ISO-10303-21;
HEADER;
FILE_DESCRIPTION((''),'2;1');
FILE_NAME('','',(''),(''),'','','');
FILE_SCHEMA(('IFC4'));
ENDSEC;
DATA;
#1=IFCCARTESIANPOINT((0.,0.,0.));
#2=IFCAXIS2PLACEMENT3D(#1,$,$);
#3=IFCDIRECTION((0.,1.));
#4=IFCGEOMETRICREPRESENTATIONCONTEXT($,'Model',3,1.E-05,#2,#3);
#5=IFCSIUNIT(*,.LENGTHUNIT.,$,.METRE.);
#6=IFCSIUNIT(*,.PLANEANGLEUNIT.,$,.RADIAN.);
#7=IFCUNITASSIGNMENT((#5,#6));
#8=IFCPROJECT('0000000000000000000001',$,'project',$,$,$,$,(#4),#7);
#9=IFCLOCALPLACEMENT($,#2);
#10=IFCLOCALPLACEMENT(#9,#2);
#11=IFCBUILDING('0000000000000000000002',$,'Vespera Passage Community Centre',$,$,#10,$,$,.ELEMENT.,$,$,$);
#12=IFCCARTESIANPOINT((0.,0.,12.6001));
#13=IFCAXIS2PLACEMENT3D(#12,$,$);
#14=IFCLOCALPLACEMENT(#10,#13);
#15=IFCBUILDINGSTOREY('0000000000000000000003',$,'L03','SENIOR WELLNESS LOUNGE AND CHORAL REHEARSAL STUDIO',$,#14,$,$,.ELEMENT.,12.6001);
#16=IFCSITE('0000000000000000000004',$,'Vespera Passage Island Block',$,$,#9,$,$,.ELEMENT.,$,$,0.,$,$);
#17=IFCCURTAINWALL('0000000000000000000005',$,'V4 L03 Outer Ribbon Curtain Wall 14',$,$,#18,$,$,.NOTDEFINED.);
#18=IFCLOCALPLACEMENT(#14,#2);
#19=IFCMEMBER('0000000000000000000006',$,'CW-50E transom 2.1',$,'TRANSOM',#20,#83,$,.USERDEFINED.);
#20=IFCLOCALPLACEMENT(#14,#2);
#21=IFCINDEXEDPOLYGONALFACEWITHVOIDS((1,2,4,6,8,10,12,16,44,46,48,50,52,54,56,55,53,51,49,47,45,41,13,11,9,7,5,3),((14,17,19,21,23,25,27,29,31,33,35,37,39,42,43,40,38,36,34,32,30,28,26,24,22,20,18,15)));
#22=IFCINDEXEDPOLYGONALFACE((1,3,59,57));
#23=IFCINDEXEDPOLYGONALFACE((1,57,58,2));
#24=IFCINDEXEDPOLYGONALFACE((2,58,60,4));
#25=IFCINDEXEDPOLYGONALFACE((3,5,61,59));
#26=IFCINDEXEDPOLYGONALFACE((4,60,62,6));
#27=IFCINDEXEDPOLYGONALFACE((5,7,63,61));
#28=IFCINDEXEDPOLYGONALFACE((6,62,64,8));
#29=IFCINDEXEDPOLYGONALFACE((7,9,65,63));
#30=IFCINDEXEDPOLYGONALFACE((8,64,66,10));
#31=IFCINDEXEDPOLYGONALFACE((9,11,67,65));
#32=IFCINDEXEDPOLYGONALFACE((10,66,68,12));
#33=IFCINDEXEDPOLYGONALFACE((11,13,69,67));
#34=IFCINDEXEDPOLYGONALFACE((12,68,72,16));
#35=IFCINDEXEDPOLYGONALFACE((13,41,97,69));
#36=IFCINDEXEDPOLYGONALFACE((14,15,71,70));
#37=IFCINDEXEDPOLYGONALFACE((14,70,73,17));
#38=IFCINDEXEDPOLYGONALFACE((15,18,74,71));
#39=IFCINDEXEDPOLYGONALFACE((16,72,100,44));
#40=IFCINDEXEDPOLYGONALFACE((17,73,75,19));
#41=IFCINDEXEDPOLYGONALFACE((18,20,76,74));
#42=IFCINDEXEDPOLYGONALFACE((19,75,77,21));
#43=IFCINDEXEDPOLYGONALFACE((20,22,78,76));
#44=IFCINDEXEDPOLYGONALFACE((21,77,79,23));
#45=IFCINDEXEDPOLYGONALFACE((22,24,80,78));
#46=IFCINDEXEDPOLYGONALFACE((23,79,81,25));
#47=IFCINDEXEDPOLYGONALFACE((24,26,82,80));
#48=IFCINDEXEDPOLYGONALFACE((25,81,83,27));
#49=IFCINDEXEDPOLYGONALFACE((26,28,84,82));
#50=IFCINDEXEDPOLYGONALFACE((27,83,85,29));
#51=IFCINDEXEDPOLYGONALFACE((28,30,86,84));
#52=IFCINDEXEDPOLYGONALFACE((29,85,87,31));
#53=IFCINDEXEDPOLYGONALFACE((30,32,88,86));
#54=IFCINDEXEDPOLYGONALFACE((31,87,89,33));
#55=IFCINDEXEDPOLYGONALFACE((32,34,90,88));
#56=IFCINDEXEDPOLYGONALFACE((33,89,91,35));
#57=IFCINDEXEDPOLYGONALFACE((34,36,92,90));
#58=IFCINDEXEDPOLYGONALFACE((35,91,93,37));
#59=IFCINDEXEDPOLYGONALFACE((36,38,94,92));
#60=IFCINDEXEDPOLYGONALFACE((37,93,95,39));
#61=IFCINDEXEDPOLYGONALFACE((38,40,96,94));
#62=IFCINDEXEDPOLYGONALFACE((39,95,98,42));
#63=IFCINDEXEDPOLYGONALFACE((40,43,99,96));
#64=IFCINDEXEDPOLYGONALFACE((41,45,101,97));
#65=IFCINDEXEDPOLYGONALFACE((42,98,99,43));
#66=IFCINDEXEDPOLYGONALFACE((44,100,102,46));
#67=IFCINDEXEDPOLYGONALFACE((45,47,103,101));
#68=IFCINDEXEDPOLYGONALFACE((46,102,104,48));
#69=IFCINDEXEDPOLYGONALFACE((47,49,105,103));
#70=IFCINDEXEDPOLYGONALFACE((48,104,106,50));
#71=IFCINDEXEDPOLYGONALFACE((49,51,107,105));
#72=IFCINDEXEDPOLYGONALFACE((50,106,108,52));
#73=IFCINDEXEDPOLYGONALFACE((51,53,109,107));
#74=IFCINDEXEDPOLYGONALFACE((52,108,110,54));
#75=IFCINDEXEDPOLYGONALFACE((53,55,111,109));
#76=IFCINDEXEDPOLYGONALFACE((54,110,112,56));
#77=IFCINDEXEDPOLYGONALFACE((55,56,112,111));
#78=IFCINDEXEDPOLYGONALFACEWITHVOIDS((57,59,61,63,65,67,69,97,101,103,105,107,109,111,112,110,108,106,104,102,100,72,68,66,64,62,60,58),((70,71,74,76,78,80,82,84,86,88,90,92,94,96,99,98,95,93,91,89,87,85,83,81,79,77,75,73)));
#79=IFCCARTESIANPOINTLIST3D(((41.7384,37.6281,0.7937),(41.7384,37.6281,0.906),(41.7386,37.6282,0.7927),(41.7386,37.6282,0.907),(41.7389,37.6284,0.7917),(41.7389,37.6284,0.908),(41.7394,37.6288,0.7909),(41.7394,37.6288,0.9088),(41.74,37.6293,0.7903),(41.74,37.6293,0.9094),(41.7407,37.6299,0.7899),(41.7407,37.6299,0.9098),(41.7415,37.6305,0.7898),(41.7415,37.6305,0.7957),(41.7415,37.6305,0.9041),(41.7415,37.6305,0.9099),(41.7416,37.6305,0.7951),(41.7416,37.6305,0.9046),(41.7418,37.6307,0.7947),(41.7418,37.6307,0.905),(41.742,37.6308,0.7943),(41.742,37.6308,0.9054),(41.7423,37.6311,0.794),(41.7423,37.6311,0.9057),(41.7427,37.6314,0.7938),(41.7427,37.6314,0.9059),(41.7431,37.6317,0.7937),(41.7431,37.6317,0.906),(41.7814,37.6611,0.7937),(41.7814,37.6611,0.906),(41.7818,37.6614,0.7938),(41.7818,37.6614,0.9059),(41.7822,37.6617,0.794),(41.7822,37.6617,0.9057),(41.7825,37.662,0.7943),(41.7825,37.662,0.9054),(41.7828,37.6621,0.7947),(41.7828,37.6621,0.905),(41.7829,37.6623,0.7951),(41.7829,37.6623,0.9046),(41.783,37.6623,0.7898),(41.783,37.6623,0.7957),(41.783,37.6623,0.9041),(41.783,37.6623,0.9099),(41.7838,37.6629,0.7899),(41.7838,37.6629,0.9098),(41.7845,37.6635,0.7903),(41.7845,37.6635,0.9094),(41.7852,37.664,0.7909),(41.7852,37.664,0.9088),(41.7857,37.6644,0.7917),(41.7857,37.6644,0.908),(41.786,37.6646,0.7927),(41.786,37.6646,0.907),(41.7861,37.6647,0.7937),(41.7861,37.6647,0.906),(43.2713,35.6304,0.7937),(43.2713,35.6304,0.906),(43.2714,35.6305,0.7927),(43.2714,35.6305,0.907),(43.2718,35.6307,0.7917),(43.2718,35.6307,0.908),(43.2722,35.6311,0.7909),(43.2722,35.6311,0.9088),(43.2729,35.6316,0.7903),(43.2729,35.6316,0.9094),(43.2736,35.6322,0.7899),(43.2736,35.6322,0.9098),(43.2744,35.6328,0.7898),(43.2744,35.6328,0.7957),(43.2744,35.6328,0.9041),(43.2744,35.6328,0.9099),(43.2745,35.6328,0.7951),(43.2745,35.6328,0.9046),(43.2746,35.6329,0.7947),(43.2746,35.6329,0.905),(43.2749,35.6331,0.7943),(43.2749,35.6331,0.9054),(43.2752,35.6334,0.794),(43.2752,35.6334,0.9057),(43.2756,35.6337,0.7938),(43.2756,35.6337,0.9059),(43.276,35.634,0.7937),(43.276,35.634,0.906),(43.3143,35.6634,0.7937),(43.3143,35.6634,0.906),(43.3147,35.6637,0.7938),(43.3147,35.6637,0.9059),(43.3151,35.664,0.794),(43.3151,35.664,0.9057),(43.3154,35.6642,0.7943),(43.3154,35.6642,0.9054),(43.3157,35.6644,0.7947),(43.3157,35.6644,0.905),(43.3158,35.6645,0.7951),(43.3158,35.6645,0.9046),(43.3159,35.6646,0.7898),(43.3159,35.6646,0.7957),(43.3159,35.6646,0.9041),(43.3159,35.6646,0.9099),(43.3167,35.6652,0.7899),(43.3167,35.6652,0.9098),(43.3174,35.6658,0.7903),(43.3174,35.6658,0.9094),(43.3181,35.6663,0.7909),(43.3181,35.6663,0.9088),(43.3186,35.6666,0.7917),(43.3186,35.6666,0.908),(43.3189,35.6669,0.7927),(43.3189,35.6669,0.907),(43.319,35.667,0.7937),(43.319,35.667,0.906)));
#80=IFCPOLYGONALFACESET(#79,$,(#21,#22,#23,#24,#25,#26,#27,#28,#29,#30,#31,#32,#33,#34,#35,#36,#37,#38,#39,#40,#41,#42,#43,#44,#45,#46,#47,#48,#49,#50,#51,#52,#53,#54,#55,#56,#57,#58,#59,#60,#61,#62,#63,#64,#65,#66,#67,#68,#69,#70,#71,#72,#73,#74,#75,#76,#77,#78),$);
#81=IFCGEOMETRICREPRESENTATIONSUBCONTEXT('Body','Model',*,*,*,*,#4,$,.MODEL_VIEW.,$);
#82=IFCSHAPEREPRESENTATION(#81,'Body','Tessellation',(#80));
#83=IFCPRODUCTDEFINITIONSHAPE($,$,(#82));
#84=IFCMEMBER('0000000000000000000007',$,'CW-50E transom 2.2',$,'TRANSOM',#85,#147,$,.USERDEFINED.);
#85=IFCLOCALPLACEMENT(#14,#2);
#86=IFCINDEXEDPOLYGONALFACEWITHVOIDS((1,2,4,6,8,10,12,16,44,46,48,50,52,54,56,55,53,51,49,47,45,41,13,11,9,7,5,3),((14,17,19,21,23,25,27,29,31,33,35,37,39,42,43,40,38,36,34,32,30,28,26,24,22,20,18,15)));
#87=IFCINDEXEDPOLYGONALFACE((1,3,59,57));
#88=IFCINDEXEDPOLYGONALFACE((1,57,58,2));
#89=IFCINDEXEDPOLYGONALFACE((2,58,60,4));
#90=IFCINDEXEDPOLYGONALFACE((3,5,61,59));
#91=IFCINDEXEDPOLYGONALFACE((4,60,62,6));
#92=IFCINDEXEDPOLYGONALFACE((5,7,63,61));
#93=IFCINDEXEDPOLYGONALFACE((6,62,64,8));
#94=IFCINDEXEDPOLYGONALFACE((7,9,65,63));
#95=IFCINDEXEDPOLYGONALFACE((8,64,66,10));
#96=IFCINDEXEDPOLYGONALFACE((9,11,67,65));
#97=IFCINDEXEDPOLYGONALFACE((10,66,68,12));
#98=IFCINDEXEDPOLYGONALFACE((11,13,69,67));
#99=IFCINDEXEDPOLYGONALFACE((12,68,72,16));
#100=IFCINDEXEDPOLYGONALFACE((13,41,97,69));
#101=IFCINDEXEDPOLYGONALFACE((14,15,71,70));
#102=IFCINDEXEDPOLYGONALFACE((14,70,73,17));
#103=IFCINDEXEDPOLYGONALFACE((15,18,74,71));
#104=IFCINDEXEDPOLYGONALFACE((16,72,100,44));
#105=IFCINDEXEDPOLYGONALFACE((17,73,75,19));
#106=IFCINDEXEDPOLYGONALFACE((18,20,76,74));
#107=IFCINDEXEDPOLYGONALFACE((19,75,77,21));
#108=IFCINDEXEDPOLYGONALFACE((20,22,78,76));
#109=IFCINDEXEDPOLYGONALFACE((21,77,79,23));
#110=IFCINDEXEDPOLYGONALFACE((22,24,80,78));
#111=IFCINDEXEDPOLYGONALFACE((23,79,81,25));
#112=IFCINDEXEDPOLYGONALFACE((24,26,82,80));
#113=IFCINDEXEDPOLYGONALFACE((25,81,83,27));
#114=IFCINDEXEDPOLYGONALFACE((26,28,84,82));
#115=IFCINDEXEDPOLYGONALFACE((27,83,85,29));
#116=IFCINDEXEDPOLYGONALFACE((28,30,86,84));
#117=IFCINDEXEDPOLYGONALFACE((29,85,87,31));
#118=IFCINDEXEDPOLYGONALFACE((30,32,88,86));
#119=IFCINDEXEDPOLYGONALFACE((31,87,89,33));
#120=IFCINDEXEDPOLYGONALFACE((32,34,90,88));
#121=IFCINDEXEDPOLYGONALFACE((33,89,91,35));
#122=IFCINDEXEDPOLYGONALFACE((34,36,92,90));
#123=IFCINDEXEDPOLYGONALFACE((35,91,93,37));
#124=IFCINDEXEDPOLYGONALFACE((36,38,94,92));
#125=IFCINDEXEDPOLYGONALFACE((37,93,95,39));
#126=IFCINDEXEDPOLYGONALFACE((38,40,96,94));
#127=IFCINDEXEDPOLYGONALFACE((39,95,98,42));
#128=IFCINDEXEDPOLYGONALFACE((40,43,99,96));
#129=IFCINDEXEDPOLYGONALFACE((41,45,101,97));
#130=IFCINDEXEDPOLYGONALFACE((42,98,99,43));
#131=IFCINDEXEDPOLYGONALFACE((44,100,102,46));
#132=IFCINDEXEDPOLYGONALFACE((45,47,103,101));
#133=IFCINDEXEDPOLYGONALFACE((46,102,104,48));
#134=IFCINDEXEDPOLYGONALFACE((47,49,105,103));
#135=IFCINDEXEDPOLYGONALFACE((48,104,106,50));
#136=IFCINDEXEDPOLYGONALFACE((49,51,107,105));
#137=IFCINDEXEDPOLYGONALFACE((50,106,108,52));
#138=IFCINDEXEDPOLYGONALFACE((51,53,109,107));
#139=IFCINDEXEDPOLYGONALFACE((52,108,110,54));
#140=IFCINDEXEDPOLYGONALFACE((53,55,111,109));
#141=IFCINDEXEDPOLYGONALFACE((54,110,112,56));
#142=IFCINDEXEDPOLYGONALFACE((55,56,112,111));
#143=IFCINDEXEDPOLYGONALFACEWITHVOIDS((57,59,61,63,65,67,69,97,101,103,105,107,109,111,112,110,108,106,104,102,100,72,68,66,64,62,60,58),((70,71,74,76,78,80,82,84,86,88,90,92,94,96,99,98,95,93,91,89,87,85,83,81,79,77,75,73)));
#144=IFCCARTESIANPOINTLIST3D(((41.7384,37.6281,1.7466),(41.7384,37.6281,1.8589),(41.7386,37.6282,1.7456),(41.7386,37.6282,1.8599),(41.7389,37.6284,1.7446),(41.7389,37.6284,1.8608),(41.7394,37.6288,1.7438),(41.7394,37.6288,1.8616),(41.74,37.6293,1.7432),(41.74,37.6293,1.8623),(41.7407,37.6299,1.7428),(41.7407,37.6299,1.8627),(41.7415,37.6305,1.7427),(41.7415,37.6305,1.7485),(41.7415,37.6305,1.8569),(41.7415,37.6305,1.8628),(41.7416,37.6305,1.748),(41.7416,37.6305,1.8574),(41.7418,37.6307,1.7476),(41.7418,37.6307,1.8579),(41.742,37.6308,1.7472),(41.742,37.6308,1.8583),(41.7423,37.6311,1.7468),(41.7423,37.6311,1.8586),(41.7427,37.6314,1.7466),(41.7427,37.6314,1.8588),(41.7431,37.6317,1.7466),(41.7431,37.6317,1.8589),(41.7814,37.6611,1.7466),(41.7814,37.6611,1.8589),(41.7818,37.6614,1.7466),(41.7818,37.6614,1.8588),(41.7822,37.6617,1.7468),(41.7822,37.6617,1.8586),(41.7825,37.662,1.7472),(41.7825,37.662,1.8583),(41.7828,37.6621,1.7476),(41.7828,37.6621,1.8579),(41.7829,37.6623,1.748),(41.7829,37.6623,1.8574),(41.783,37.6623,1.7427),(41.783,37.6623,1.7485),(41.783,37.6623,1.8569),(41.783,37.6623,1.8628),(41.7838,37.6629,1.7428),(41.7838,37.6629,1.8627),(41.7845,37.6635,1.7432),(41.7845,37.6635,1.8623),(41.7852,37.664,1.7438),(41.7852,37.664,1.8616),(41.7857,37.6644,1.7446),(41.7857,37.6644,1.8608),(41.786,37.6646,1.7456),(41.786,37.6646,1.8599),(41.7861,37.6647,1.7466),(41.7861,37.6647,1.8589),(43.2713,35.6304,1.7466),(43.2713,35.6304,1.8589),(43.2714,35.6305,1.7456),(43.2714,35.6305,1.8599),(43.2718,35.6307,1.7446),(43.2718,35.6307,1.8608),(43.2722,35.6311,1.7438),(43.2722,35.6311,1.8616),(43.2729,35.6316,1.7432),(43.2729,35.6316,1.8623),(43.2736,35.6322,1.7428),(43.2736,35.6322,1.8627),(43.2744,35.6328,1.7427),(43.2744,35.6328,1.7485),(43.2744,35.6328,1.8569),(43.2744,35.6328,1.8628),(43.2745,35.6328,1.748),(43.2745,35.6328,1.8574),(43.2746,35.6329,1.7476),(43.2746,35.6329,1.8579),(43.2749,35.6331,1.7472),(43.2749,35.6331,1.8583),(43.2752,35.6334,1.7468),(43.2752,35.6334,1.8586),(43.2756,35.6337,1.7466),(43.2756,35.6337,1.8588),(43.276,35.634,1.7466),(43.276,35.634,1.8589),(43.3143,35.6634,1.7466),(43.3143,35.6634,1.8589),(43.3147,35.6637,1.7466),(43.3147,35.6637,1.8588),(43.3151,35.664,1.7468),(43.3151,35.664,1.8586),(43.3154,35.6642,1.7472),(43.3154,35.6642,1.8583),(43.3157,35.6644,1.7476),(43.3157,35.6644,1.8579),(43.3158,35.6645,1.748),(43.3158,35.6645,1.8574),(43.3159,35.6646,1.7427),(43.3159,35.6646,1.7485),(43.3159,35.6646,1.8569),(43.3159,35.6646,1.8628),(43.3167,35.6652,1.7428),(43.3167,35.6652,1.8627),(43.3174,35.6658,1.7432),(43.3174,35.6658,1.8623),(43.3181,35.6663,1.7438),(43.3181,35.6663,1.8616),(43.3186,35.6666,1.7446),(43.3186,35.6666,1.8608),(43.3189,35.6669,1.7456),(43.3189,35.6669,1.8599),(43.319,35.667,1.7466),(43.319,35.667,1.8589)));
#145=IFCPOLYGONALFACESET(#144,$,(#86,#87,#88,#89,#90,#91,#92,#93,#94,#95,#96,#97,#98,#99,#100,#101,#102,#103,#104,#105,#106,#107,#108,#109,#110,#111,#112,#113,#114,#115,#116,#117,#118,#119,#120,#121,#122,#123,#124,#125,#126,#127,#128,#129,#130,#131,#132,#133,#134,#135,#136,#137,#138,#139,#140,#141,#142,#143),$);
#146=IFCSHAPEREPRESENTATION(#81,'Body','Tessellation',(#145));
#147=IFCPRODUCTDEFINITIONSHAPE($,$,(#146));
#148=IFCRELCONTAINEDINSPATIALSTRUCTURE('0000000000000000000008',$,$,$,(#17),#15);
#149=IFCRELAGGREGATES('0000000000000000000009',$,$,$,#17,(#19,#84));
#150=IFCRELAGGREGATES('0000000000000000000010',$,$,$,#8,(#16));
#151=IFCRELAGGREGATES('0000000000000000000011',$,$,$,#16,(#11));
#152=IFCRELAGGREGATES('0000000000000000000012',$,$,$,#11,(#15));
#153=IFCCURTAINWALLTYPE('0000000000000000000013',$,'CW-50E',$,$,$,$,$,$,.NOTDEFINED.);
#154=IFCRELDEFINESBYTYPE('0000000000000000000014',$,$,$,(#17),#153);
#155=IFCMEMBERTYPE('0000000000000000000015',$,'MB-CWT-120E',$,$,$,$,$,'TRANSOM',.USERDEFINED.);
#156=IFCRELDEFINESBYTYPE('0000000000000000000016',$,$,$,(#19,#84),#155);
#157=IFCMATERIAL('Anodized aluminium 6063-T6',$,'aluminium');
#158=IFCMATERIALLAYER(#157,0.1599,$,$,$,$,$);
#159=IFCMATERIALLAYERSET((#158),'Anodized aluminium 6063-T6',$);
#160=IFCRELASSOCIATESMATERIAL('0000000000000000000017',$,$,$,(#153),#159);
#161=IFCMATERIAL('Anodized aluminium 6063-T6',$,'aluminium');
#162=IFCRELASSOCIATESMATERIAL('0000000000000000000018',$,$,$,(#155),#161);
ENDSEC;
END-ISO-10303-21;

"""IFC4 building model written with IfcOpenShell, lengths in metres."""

from ifc_helpers import new_model, si_unit, direction, frame, origin, origin_2d, place, context, subcontext, project, spatial, hollow_rectangle, extrude, material, layer, layer_set, material_profile, profile_set, type_object, element, aggregate, save


model = new_model("IFC4")

# Units and contexts
model_context = context("Model", 3, precision=1e-05, world=origin(), true_north=direction((0.0, 1.0)))
body_context = subcontext(model_context, "Body", "Model", "MODEL_VIEW")
ifc_project = project(units=[si_unit("LENGTHUNIT", "METRE"), si_unit("PLANEANGLEUNIT", "RADIAN")], contexts=[model_context])

# Site, building, storey
site_placement = place(None, origin())
site = spatial("IfcSite", under=ifc_project, at=site_placement, Name="Vespera Passage Island Block", CompositionType="ELEMENT", RefElevation=0.0)
building_placement = place(site_placement, origin())
building = spatial("IfcBuilding", under=site, at=building_placement, Name="Vespera Passage Community Centre", CompositionType="ELEMENT")
storey_placement = place(building_placement, frame((0.0, 0.0, 12.6001)))
storey = spatial("IfcBuildingStorey", under=building, at=storey_placement, Name="L03", Description="SENIOR WELLNESS LOUNGE AND CHORAL REHEARSAL STUDIO", CompositionType="ELEMENT", Elevation=12.6001)

# Curtain wall, members
ifc_material_1 = material(Name="Anodized aluminium 6063-T6", Category="aluminium")
ifc_layer_1 = layer(ifc_material_1, 0.1599)
ifc_layer_set_1 = layer_set([ifc_layer_1], Name="Anodized aluminium 6063-T6")
curtain_wall_type = type_object("IfcCurtainWallType", Name="CW-50E", PredefinedType="NOTDEFINED", material=ifc_layer_set_1)
curtain_wall_placement = place(storey_placement, origin())
curtain_wall = element("IfcCurtainWall", 1, at=curtain_wall_placement, inside=storey, type_object=curtain_wall_type, Name="V4 L03 Outer Ribbon Curtain Wall 14", PredefinedType="NOTDEFINED")
ifc_material_2 = material(Name="Anodized aluminium 6063-T6", Category="aluminium")
ifc_material_profile_1 = material_profile(ifc_material_2, hollow_rectangle(XDim=0.0601, YDim=0.1201, WallThickness=0.0039, InnerFilletRadius=0.002, OuterFilletRadius=0.0039, at=origin_2d()), Name="ALU120X60X4")
ifc_profile_set_1 = profile_set([ifc_material_profile_1], Name="Anodized aluminium 6063-T6")
member_type_1 = type_object("IfcMemberType", Name="MB-CWT-120E", ElementType="TRANSOM", PredefinedType="USERDEFINED", material=ifc_profile_set_1)
member_1_placement = place(storey_placement, frame((43.2952, 35.6487, 0.8499), z_axis=(-0.608759, 0.793355, 0.0), x_axis=(-0.793355, -0.608759, 0.0)))
member_1 = element("IfcMember", 2, at=member_1_placement, type_object=member_type_1, Name="CW-50E transom 2.1", ObjectType="TRANSOM", PredefinedType="USERDEFINED", context=body_context, shape_type="SweptSolid", body=[
    extrude(hollow_rectangle(XDim=0.0601, YDim=0.1201, WallThickness=0.0039, InnerFilletRadius=0.002, OuterFilletRadius=0.0039, at=origin_2d()), origin(), (0.0, 0.0, 1.0), 2.5181),
])
member_2_placement = place(storey_placement, frame((43.2952, 35.6487, 1.8027), z_axis=(-0.608759, 0.793355, 0.0), x_axis=(-0.793355, -0.608759, 0.0)))
member_2 = element("IfcMember", 3, at=member_2_placement, type_object=member_type_1, Name="CW-50E transom 2.2", ObjectType="TRANSOM", PredefinedType="USERDEFINED", context=body_context, shape_type="SweptSolid", body=[
    extrude(hollow_rectangle(XDim=0.0601, YDim=0.1201, WallThickness=0.0039, InnerFilletRadius=0.002, OuterFilletRadius=0.0039, at=origin_2d()), origin(), (0.0, 0.0, 1.0), 2.5181),
])
aggregate(curtain_wall, [member_1, member_2])

save(model, "model.ifc")
